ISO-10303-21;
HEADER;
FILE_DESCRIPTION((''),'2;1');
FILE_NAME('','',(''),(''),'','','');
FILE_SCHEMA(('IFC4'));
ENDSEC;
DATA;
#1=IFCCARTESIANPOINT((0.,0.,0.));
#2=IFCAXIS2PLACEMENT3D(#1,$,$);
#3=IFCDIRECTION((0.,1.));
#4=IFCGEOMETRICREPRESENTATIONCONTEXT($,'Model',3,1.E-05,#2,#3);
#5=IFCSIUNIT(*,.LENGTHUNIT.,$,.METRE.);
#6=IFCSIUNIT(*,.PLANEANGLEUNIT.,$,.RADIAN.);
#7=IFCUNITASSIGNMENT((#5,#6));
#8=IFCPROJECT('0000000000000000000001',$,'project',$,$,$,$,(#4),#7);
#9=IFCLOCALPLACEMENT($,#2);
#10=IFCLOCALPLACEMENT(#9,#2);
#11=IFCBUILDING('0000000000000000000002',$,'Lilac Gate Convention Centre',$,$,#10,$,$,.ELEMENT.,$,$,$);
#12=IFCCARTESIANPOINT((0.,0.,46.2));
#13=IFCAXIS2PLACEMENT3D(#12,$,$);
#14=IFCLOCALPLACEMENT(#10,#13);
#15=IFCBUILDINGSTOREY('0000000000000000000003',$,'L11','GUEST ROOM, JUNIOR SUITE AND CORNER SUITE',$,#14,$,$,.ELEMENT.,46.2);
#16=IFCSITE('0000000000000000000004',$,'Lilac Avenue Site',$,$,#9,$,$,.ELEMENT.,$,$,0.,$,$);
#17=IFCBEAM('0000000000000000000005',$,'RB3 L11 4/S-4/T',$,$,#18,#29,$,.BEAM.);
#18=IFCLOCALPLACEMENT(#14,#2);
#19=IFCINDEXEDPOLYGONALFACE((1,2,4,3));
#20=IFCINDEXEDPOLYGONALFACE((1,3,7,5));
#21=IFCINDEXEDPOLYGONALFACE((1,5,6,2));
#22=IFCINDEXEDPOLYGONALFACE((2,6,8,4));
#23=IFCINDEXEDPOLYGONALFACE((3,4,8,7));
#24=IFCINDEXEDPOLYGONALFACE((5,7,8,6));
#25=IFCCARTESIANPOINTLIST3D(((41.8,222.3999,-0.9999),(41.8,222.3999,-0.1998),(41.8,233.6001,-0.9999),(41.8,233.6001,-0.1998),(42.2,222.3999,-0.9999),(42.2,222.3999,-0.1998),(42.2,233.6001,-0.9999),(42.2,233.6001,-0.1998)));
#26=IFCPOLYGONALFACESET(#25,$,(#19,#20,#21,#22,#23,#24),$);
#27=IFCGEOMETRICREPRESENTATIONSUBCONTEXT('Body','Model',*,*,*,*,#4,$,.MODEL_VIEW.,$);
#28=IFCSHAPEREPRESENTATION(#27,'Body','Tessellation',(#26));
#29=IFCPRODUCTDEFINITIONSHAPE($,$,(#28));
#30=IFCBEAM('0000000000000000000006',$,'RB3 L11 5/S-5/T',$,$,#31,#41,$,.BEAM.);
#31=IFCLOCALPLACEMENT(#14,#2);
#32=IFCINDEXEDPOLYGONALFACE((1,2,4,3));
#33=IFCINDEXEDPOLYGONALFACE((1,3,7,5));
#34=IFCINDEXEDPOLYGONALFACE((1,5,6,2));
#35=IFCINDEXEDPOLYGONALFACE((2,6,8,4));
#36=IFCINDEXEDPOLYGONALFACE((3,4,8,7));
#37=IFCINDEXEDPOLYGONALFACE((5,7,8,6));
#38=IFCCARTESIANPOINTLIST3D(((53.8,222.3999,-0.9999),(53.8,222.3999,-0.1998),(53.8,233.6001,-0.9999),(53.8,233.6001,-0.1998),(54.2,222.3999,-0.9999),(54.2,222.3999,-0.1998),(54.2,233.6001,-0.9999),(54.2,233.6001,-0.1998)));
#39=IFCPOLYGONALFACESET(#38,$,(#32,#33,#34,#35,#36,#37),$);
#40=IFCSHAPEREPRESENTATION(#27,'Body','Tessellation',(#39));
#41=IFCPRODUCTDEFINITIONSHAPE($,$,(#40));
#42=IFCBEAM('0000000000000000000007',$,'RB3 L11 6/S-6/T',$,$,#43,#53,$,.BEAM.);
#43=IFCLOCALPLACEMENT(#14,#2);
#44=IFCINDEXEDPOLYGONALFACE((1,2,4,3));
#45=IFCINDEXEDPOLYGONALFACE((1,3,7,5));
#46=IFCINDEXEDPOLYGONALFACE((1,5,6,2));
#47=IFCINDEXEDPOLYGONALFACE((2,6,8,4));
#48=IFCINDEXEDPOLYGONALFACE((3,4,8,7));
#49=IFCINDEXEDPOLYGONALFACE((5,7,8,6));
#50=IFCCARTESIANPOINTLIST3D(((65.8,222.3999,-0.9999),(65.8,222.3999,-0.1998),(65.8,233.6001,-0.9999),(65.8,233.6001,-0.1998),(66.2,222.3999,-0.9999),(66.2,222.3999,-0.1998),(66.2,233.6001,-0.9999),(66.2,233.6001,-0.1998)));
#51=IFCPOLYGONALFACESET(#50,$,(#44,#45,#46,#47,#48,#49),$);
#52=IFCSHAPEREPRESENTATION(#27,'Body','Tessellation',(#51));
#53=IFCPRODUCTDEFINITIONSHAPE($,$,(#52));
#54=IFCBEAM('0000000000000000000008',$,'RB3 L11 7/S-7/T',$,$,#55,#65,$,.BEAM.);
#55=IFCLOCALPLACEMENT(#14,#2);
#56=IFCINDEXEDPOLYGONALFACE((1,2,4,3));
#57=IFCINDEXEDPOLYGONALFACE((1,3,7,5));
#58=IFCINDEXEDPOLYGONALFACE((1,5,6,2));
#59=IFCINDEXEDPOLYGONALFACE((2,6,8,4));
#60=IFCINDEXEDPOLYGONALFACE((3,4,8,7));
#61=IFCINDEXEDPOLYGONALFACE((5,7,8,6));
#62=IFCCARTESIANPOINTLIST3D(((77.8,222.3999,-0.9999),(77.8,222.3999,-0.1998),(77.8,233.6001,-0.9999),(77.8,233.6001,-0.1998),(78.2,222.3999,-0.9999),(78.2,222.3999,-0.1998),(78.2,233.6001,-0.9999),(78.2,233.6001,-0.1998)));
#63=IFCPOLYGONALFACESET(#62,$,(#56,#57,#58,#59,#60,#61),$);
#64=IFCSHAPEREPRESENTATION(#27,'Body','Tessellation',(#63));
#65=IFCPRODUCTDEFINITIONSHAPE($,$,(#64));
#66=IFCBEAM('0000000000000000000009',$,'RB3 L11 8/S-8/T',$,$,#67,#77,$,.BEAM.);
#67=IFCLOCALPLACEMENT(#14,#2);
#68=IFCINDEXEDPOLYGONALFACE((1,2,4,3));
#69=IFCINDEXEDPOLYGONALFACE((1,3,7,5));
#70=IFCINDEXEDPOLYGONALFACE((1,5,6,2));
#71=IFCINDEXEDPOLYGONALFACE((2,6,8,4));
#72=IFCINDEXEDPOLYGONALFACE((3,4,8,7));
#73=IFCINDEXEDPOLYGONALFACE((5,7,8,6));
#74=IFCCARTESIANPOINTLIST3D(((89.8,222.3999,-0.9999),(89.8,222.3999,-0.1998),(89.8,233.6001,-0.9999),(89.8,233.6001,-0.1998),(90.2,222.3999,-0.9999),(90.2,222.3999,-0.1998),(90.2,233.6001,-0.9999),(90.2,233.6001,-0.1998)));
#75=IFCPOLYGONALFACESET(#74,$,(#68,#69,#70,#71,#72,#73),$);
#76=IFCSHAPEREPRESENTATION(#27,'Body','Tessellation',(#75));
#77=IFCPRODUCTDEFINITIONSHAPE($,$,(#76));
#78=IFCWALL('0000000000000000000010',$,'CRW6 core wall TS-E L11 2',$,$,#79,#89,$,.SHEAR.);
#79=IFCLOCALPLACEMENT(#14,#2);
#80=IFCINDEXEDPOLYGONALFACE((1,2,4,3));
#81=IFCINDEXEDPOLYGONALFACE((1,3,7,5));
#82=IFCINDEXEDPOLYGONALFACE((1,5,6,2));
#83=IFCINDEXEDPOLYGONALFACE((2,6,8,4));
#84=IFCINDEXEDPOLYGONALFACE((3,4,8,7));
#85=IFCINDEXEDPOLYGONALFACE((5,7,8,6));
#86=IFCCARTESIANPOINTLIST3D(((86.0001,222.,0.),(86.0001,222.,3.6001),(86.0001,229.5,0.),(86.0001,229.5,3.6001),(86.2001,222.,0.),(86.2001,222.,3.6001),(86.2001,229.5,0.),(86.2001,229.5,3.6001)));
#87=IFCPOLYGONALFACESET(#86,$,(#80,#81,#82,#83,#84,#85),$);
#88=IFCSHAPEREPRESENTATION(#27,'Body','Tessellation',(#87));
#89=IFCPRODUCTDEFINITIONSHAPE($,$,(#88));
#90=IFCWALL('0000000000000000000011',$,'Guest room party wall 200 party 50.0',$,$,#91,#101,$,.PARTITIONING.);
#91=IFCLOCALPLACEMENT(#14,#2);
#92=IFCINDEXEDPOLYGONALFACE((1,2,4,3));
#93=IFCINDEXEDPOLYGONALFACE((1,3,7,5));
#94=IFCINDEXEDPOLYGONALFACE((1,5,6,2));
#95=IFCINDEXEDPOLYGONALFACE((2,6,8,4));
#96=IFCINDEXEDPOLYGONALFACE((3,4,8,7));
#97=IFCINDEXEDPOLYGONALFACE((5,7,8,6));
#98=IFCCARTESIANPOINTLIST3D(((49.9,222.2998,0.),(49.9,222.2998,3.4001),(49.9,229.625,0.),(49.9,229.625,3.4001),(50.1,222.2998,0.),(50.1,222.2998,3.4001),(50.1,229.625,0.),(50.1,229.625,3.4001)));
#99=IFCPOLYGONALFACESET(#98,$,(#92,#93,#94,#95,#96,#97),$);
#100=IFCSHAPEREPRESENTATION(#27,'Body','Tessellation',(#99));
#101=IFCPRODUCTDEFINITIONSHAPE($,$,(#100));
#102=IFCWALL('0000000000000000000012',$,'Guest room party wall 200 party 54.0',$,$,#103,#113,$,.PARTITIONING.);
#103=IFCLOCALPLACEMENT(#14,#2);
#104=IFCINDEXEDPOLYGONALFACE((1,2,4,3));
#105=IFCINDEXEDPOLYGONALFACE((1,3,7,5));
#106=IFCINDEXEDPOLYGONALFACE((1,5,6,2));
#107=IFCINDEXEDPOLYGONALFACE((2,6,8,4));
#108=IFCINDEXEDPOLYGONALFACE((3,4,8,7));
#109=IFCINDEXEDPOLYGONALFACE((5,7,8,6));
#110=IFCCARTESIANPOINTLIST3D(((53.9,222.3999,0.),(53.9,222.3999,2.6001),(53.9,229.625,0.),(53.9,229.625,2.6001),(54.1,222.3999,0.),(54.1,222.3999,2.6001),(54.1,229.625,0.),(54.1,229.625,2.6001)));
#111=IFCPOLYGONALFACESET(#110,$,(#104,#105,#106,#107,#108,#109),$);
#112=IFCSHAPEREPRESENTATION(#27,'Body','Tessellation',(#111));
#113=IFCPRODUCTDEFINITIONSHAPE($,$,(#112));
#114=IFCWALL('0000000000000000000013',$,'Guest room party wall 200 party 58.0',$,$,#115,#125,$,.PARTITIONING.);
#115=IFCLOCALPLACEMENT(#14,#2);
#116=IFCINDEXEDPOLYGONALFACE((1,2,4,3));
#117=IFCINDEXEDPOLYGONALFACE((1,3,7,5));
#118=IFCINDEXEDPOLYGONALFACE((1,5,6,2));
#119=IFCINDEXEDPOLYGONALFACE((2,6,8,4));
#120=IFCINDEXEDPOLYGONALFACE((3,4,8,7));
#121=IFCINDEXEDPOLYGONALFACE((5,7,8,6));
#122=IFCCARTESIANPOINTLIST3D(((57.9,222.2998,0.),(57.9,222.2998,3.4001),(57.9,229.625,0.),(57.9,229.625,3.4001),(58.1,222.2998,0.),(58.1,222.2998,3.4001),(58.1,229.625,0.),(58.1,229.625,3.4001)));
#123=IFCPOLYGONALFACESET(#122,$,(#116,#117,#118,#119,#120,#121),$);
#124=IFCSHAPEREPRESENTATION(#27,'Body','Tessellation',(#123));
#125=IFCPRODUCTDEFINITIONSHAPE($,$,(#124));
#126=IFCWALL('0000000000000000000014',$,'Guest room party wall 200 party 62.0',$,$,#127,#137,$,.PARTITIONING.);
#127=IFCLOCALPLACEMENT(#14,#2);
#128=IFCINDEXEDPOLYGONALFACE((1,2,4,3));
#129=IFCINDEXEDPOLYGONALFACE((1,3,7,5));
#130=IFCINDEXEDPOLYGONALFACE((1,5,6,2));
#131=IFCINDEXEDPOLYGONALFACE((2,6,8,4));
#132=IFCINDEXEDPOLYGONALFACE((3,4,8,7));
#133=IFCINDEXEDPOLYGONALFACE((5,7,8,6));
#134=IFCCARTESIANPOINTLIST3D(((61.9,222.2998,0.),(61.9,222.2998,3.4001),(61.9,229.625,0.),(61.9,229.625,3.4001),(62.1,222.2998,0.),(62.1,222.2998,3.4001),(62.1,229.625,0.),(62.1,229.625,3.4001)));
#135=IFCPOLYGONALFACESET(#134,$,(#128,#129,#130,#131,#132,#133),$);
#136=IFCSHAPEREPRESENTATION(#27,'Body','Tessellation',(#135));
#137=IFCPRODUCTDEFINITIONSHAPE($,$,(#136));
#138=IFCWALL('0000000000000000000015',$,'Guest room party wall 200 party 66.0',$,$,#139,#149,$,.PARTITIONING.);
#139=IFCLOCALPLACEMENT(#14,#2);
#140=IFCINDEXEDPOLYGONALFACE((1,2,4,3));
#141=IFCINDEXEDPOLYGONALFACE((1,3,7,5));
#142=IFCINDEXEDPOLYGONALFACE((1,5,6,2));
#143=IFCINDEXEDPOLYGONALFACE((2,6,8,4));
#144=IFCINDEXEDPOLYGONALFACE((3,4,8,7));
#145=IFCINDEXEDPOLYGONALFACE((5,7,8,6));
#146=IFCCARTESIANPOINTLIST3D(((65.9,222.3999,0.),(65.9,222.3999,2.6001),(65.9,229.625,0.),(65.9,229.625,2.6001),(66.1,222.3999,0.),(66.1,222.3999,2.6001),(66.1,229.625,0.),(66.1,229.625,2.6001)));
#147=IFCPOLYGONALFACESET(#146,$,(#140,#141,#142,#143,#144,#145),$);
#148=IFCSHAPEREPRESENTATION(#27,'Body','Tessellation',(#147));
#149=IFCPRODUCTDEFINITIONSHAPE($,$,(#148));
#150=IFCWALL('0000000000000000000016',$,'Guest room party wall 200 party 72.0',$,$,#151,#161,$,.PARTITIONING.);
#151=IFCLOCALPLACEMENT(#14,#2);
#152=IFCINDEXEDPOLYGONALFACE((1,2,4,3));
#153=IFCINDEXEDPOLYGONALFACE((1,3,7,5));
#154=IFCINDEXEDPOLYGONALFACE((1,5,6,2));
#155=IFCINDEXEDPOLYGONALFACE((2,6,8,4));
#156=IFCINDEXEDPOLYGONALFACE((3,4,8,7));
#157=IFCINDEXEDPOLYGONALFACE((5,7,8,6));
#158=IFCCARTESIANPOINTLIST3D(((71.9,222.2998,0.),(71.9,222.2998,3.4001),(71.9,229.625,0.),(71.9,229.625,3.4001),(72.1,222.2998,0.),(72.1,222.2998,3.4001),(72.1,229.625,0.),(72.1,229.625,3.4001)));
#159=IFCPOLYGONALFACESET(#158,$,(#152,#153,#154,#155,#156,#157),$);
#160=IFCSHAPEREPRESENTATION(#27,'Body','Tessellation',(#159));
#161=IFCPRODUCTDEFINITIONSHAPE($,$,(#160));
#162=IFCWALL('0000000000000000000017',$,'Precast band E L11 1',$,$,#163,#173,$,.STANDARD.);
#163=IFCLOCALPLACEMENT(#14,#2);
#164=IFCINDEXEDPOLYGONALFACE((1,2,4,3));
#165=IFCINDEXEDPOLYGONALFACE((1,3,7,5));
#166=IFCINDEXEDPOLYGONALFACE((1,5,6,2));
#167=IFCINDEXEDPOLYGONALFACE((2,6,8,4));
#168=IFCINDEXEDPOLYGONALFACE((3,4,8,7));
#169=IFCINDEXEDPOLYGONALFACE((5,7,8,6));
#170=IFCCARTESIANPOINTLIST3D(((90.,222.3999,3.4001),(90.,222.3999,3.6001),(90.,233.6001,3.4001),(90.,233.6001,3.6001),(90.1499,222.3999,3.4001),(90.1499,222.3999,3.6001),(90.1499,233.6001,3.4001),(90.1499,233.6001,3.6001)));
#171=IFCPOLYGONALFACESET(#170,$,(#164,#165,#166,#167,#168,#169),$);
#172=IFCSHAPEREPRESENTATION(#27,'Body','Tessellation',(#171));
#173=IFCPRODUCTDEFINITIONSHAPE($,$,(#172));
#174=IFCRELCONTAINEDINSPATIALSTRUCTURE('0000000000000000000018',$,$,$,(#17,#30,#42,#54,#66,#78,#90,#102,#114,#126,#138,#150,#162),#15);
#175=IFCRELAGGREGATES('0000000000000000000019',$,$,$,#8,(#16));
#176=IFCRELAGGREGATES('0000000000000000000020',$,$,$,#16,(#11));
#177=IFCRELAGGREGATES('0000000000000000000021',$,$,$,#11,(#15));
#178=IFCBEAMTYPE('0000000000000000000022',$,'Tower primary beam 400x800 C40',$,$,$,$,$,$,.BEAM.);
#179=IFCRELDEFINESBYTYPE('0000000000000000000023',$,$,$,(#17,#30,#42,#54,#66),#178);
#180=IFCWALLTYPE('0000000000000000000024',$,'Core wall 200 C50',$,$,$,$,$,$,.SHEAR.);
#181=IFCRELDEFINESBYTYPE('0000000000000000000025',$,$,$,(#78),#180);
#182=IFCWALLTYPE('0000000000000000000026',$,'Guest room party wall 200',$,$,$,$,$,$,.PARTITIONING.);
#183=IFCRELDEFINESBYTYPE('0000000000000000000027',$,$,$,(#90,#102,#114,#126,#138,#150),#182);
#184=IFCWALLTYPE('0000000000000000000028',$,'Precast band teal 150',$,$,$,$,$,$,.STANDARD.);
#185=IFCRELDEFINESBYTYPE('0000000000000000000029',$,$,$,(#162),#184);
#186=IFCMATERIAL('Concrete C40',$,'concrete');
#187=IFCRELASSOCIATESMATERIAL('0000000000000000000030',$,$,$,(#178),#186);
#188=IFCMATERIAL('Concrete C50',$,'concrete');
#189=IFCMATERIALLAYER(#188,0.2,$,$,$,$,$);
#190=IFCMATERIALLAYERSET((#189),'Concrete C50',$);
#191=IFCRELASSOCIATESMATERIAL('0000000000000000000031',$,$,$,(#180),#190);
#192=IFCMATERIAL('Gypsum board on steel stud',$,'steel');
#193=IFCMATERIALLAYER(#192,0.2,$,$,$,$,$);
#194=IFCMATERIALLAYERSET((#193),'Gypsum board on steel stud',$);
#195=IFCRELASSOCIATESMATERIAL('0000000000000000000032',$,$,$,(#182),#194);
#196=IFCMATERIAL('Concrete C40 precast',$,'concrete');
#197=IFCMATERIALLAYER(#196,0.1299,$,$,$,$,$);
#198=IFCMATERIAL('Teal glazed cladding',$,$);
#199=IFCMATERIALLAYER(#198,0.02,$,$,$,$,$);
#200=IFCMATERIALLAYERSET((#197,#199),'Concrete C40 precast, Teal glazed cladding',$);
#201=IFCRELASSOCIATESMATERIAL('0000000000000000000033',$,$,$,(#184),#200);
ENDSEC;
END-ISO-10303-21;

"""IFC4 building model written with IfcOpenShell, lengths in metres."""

from ifc_helpers import new_model, si_unit, direction, frame, frame_2d, origin, origin_2d, place, context, subcontext, project, spatial, rectangle, extrude, material, layer, layer_set, material_profile, profile_set, type_object, element, save


model = new_model("IFC4")

# Units and contexts
model_context = context("Model", 3, precision=1e-05, world=origin(), true_north=direction((0.0, 1.0)))
body_context = subcontext(model_context, "Body", "Model", "MODEL_VIEW")
ifc_project = project(units=[si_unit("LENGTHUNIT", "METRE"), si_unit("PLANEANGLEUNIT", "RADIAN")], contexts=[model_context])

# Site, building, storey
site_placement = place(None, origin())
site = spatial("IfcSite", under=ifc_project, at=site_placement, Name="Lilac Avenue Site", CompositionType="ELEMENT", RefElevation=0.0)
building_placement = place(site_placement, origin())
building = spatial("IfcBuilding", under=site, at=building_placement, Name="Lilac Gate Convention Centre", CompositionType="ELEMENT")
storey_placement = place(building_placement, frame((0.0, 0.0, 46.2)))
storey = spatial("IfcBuildingStorey", under=building, at=storey_placement, Name="L11", Description="GUEST ROOM, JUNIOR SUITE AND CORNER SUITE", CompositionType="ELEMENT", Elevation=46.2)

# Beams
ifc_material_1 = material(Name="Concrete C40", Category="concrete")
ifc_material_profile = material_profile(ifc_material_1, rectangle(XDim=0.3999, YDim=0.8, at=origin_2d()), Name="RC 400x800")
ifc_profile_set = profile_set([ifc_material_profile], Name="Concrete C40")
beam_type = type_object("IfcBeamType", Name="Tower primary beam 400x800 C40", PredefinedType="BEAM", material=ifc_profile_set)
for number, where, z_axis, x_axis, name in (
    (1, (42.0, 222.3999, -0.5999), (0.0, 1.0, 0.0), (-1.0, 0.0, 0.0), "RB3 L11 4/S-4/T"),
    (2, (54.0, 222.3999, -0.5999), (0.0, 1.0, 0.0), (-1.0, 0.0, 0.0), "RB3 L11 5/S-5/T"),
    (3, (66.0, 222.3999, -0.5999), (0.0, 1.0, 0.0), (-1.0, 0.0, 0.0), "RB3 L11 6/S-6/T"),
    (4, (78.0, 222.3999, -0.5999), (0.0, 1.0, 0.0), (-1.0, 0.0, 0.0), "RB3 L11 7/S-7/T"),
    (5, (90.0, 222.3999, -0.5999), (0.0, 1.0, 0.0), (-1.0, 0.0, 0.0), "RB3 L11 8/S-8/T"),
):
    element("IfcBeam", number, at=place(storey_placement, frame(where, z_axis=z_axis, x_axis=x_axis)), inside=storey, type_object=beam_type, Name=name, PredefinedType="BEAM", context=body_context, shape_type="SweptSolid", body=[
        extrude(rectangle(XDim=0.3999, YDim=0.8, at=origin_2d()), origin(), (0.0, 0.0, 1.0), 11.2002),
    ])

# Walls
ifc_material_2 = material(Name="Concrete C50", Category="concrete")
ifc_layer_1 = layer(ifc_material_2, 0.2)
ifc_layer_set_1 = layer_set([ifc_layer_1], Name="Concrete C50")
wall_type_1 = type_object("IfcWallType", Name="Core wall 200 C50", PredefinedType="SHEAR", material=ifc_layer_set_1)
wall_1_placement = place(storey_placement, frame((86.1001, 222.0, 0.0), z_axis=(0.0, 0.0, 1.0), x_axis=(0.0, 1.0, 0.0)))
element("IfcWall", 6, at=wall_1_placement, inside=storey, type_object=wall_type_1, Name="CRW6 core wall TS-E L11 2", PredefinedType="SHEAR", context=body_context, shape_type="SweptSolid", body=[
    extrude(rectangle(XDim=7.5, YDim=0.2, at=frame_2d((3.75, 0.0))), origin(), (0.0, 0.0, 1.0), 3.6001),
])
ifc_material_3 = material(Name="Gypsum board on steel stud", Category="steel")
ifc_layer_2 = layer(ifc_material_3, 0.2)
ifc_layer_set_2 = layer_set([ifc_layer_2], Name="Gypsum board on steel stud")
wall_type_2 = type_object("IfcWallType", Name="Guest room party wall 200", PredefinedType="PARTITIONING", material=ifc_layer_set_2)
wall_2_placement = place(storey_placement, frame((50.0, 222.2998, 0.0), z_axis=(0.0, 0.0, 1.0), x_axis=(0.0, 1.0, 0.0)))
element("IfcWall", 7, at=wall_2_placement, inside=storey, type_object=wall_type_2, Name="Guest room party wall 200 party 50.0", PredefinedType="PARTITIONING", context=body_context, shape_type="SweptSolid", body=[
    extrude(rectangle(XDim=7.3252, YDim=0.2, at=frame_2d((3.6626, 0.0))), origin(), (0.0, 0.0, 1.0), 3.4001),
])
wall_3_placement = place(storey_placement, frame((54.0, 222.3999, 0.0), z_axis=(0.0, 0.0, 1.0), x_axis=(0.0, 1.0, 0.0)))
element("IfcWall", 8, at=wall_3_placement, inside=storey, type_object=wall_type_2, Name="Guest room party wall 200 party 54.0", PredefinedType="PARTITIONING", context=body_context, shape_type="SweptSolid", body=[
    extrude(rectangle(XDim=7.2251, YDim=0.2, at=frame_2d((3.6125, 0.0))), origin(), (0.0, 0.0, 1.0), 2.6001),
])
for number, where, z_axis, x_axis, name in (
    (9, (58.0, 222.2998, 0.0), (0.0, 0.0, 1.0), (0.0, 1.0, 0.0), "Guest room party wall 200 party 58.0"),
    (10, (62.0, 222.2998, 0.0), (0.0, 0.0, 1.0), (0.0, 1.0, 0.0), "Guest room party wall 200 party 62.0"),
):
    element("IfcWall", number, at=place(storey_placement, frame(where, z_axis=z_axis, x_axis=x_axis)), inside=storey, type_object=wall_type_2, Name=name, PredefinedType="PARTITIONING", context=body_context, shape_type="SweptSolid", body=[
        extrude(rectangle(XDim=7.3252, YDim=0.2, at=frame_2d((3.6626, 0.0))), origin(), (0.0, 0.0, 1.0), 3.4001),
    ])
wall_4_placement = place(storey_placement, frame((66.0, 222.3999, 0.0), z_axis=(0.0, 0.0, 1.0), x_axis=(0.0, 1.0, 0.0)))
element("IfcWall", 11, at=wall_4_placement, inside=storey, type_object=wall_type_2, Name="Guest room party wall 200 party 66.0", PredefinedType="PARTITIONING", context=body_context, shape_type="SweptSolid", body=[
    extrude(rectangle(XDim=7.2251, YDim=0.2, at=frame_2d((3.6125, 0.0))), origin(), (0.0, 0.0, 1.0), 2.6001),
])
wall_5_placement = place(storey_placement, frame((72.0, 222.2998, 0.0), z_axis=(0.0, 0.0, 1.0), x_axis=(0.0, 1.0, 0.0)))
element("IfcWall", 12, at=wall_5_placement, inside=storey, type_object=wall_type_2, Name="Guest room party wall 200 party 72.0", PredefinedType="PARTITIONING", context=body_context, shape_type="SweptSolid", body=[
    extrude(rectangle(XDim=7.3252, YDim=0.2, at=frame_2d((3.6626, 0.0))), origin(), (0.0, 0.0, 1.0), 3.4001),
])
ifc_material_4 = material(Name="Concrete C40 precast", Category="concrete")
ifc_layer_3 = layer(ifc_material_4, 0.1299)
ifc_material_5 = material(Name="Teal glazed cladding")
ifc_layer_4 = layer(ifc_material_5, 0.02)
ifc_layer_set_3 = layer_set([ifc_layer_3, ifc_layer_4], Name="Concrete C40 precast, Teal glazed cladding")
wall_type_3 = type_object("IfcWallType", Name="Precast band teal 150", PredefinedType="STANDARD", material=ifc_layer_set_3)
wall_6_placement = place(storey_placement, frame((90.075, 222.3999, 3.4001), z_axis=(0.0, 0.0, 1.0), x_axis=(0.0, 1.0, 0.0)))
element("IfcWall", 13, at=wall_6_placement, inside=storey, type_object=wall_type_3, Name="Precast band E L11 1", PredefinedType="STANDARD", context=body_context, shape_type="SweptSolid", body=[
    extrude(rectangle(XDim=11.2002, YDim=0.1499, at=frame_2d((5.6001, 0.0))), origin(), (0.0, 0.0, 1.0), 0.2),
])

save(model, "model.ifc")
